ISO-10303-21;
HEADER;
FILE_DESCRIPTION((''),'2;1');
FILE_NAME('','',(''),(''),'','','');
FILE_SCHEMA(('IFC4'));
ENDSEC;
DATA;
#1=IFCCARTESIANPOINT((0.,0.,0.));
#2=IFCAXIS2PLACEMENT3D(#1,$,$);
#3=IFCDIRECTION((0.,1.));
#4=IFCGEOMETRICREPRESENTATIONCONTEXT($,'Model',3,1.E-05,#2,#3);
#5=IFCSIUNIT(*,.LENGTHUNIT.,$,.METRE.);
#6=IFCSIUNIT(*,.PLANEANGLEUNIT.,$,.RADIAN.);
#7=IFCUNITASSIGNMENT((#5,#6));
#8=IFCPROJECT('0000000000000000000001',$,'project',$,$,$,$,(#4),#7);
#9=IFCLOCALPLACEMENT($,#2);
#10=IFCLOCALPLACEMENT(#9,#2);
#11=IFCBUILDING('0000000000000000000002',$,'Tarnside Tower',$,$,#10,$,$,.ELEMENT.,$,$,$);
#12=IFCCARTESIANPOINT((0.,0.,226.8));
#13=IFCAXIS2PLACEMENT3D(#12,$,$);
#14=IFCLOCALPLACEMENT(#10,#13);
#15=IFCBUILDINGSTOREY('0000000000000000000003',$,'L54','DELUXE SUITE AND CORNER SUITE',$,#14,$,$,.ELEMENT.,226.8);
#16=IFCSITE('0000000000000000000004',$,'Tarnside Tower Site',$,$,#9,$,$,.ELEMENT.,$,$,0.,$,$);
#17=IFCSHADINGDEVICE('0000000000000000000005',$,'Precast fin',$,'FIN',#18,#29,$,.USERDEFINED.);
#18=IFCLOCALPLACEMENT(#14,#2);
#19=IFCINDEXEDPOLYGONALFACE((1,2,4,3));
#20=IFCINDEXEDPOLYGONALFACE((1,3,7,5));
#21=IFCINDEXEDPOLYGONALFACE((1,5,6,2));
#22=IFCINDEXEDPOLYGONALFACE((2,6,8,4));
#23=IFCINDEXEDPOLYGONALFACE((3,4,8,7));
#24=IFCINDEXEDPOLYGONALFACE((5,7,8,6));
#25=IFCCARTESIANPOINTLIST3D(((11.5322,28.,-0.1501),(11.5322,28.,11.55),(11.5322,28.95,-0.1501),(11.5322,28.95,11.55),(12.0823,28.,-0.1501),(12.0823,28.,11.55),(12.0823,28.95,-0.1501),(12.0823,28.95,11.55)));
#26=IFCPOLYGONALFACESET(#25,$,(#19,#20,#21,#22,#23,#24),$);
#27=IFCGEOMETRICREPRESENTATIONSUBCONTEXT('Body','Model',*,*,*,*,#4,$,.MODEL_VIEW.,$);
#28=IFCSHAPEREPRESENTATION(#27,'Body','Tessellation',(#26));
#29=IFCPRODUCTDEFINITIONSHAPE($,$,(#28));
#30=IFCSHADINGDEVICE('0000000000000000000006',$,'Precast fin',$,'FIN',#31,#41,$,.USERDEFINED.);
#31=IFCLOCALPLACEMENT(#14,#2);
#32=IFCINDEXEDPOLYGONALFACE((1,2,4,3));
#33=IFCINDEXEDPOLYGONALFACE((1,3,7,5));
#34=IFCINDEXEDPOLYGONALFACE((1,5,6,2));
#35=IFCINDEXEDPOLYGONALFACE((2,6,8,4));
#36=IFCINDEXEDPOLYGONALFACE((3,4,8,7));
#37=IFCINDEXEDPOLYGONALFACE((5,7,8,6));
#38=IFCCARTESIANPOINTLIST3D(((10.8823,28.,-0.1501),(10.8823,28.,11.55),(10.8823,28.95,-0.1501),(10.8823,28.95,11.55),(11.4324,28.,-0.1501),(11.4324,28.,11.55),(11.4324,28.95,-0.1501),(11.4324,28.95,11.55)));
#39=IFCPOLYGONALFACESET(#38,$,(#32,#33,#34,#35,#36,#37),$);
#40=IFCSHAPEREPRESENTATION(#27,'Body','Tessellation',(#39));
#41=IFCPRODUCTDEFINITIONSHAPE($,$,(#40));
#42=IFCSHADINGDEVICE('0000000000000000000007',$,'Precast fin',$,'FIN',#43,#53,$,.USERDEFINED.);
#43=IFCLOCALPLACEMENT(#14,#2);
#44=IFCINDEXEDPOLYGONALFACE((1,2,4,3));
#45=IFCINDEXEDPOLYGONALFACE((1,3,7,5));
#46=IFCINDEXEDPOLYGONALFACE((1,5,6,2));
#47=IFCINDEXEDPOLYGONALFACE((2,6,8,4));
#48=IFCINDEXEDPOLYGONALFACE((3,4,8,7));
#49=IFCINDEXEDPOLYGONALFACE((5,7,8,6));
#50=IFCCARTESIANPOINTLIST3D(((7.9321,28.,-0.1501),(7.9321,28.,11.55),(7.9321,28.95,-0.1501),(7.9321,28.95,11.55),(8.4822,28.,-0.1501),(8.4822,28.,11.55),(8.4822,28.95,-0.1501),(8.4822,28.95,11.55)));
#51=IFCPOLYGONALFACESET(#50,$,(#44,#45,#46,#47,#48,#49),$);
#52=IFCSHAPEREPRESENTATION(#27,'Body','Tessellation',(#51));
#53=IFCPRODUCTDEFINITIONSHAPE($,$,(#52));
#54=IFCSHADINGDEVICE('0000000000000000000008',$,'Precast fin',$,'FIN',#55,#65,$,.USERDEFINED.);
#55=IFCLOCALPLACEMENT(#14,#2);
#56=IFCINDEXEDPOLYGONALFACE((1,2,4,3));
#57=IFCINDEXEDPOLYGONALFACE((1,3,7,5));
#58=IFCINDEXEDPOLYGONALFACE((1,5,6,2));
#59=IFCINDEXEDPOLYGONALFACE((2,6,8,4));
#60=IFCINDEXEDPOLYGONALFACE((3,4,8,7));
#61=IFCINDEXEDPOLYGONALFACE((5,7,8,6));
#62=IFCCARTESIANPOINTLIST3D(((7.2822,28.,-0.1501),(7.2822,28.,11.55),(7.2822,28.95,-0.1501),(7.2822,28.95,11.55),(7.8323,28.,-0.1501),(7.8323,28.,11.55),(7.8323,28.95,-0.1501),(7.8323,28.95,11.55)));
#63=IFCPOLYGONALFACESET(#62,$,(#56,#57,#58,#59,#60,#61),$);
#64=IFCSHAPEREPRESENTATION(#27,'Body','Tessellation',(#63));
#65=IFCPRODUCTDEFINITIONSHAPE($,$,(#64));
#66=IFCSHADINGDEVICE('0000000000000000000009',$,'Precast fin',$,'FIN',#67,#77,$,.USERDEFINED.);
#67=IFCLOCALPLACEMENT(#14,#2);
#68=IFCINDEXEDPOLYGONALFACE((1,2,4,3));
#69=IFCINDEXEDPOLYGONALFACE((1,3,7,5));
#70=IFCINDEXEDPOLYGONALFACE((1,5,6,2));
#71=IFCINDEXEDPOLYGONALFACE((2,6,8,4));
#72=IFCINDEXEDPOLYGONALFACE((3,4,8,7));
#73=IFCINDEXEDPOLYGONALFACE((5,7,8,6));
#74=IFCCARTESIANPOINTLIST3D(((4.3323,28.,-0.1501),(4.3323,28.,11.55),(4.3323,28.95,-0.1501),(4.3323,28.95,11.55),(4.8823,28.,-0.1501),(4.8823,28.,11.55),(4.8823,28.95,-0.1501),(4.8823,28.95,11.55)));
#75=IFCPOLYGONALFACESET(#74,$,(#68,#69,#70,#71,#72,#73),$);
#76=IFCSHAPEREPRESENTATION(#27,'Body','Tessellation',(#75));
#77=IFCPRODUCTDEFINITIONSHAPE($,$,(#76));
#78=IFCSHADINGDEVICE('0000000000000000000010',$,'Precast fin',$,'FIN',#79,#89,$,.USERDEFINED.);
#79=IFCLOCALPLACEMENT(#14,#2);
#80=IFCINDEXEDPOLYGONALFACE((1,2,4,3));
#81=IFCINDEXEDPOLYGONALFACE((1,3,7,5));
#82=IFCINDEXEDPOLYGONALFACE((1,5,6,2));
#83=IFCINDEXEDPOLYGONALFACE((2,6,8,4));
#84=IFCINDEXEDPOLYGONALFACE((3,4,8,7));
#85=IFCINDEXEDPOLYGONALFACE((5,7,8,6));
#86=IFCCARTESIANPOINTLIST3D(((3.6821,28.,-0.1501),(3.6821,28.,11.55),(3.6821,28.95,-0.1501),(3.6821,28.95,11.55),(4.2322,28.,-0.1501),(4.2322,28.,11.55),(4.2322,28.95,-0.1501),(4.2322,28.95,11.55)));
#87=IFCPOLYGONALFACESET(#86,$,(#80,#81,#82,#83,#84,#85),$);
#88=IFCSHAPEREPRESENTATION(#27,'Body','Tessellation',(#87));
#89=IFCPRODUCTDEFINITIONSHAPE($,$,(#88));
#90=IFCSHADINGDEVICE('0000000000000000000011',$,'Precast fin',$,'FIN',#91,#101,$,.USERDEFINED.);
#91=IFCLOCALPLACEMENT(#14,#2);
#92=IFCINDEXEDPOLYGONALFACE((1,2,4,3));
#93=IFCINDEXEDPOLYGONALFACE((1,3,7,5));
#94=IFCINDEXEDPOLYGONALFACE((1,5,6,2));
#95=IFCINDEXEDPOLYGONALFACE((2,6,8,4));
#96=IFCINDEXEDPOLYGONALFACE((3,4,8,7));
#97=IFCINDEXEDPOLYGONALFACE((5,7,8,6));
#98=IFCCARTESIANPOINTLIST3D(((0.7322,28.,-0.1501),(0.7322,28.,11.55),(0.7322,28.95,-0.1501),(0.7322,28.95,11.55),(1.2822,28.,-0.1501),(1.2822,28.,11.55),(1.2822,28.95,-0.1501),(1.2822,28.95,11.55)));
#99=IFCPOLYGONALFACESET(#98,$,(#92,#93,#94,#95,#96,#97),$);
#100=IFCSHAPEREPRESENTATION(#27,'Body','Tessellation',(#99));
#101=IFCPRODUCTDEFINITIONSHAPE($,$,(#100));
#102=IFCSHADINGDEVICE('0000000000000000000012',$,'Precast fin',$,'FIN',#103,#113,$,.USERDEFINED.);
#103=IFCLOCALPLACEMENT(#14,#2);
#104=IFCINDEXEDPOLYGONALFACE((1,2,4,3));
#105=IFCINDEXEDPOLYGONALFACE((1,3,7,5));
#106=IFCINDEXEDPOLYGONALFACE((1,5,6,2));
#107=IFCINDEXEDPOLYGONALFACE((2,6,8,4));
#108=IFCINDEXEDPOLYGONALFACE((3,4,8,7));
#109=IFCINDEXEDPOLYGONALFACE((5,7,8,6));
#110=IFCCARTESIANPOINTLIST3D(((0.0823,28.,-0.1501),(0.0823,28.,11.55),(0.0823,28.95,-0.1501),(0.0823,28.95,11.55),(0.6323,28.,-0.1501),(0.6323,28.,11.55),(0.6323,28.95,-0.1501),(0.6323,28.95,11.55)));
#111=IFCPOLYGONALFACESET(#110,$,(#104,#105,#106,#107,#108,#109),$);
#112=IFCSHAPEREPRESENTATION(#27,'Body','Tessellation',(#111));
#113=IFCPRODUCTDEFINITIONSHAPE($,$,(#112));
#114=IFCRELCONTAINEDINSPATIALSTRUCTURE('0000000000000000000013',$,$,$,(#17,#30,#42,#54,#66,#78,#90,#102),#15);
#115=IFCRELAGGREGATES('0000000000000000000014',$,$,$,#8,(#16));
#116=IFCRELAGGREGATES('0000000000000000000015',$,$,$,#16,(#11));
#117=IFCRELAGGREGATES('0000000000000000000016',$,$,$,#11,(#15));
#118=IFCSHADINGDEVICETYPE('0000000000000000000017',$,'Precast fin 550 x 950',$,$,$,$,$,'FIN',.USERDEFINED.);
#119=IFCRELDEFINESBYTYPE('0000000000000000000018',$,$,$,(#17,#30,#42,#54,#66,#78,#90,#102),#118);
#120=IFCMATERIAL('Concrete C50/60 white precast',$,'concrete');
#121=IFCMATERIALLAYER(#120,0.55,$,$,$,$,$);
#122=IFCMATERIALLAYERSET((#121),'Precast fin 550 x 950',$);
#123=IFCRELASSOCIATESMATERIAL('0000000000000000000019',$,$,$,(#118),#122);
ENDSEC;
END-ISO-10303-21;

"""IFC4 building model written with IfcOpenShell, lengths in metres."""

from ifc_helpers import new_model, si_unit, direction, frame, origin, place, context, subcontext, project, spatial, polyline, outline, extrude, material, layer, layer_set, type_object, element, save


model = new_model("IFC4")

# Units and contexts
model_context = context("Model", 3, precision=1e-05, world=origin(), true_north=direction((0.0, 1.0)))
body_context = subcontext(model_context, "Body", "Model", "MODEL_VIEW")
ifc_project = project(units=[si_unit("LENGTHUNIT", "METRE"), si_unit("PLANEANGLEUNIT", "RADIAN")], contexts=[model_context])

# Site, building, storey
site_placement = place(None, origin())
site = spatial("IfcSite", under=ifc_project, at=site_placement, Name="Tarnside Tower Site", CompositionType="ELEMENT", RefElevation=0.0)
building_placement = place(site_placement, origin())
building = spatial("IfcBuilding", under=site, at=building_placement, Name="Tarnside Tower", CompositionType="ELEMENT")
storey_placement = place(building_placement, frame((0.0, 0.0, 226.8)))
storey = spatial("IfcBuildingStorey", under=building, at=storey_placement, Name="L54", Description="DELUXE SUITE AND CORNER SUITE", CompositionType="ELEMENT", Elevation=226.8)

# Shading devices
ifc_material_1 = material(Name="Concrete C50/60 white precast", Category="concrete")
ifc_layer_1 = layer(ifc_material_1, 0.55)
ifc_layer_set_1 = layer_set([ifc_layer_1], Name="Precast fin 550 x 950")
shading_device_type_1 = type_object("IfcShadingDeviceType", Name="Precast fin 550 x 950", ElementType="FIN", PredefinedType="USERDEFINED", material=ifc_layer_set_1)
for number, where, z_axis, x_axis, name in (
    (1, (11.8071, 28.0, -0.1501), (1.0, 0.0, 0.0), (0.0, 1.0, 0.0), "Precast fin"),
    (2, (11.1572, 28.0, -0.1501), (1.0, 0.0, 0.0), (0.0, 1.0, 0.0), "Precast fin"),
    (3, (8.207, 28.0, -0.1501), (1.0, 0.0, 0.0), (0.0, 1.0, 0.0), "Precast fin"),
    (4, (7.5571, 28.0, -0.1501), (1.0, 0.0, 0.0), (0.0, 1.0, 0.0), "Precast fin"),
    (5, (4.6072, 28.0, -0.1501), (1.0, 0.0, 0.0), (0.0, 1.0, 0.0), "Precast fin"),
    (6, (3.957, 28.0, -0.1501), (1.0, 0.0, 0.0), (0.0, 1.0, 0.0), "Precast fin"),
    (7, (1.0071, 28.0, -0.1501), (1.0, 0.0, 0.0), (0.0, 1.0, 0.0), "Precast fin"),
    (8, (0.3572, 28.0, -0.1501), (1.0, 0.0, 0.0), (0.0, 1.0, 0.0), "Precast fin"),
):
    element("IfcShadingDevice", number, at=place(storey_placement, frame(where, z_axis=z_axis, x_axis=x_axis)), inside=storey, type_object=shading_device_type_1, Name=name, ObjectType="FIN", PredefinedType="USERDEFINED", context=body_context, shape_type="SweptSolid", body=[
        extrude(outline(polyline([(0.0, 0.0), (0.95, 0.0), (0.95, 11.7002), (0.0, 11.7002), (0.0, 0.0)])), frame((0.0, 0.0, -0.2749)), (0.0, 0.0, 1.0), 0.55),
    ])

save(model, "model.ifc")
